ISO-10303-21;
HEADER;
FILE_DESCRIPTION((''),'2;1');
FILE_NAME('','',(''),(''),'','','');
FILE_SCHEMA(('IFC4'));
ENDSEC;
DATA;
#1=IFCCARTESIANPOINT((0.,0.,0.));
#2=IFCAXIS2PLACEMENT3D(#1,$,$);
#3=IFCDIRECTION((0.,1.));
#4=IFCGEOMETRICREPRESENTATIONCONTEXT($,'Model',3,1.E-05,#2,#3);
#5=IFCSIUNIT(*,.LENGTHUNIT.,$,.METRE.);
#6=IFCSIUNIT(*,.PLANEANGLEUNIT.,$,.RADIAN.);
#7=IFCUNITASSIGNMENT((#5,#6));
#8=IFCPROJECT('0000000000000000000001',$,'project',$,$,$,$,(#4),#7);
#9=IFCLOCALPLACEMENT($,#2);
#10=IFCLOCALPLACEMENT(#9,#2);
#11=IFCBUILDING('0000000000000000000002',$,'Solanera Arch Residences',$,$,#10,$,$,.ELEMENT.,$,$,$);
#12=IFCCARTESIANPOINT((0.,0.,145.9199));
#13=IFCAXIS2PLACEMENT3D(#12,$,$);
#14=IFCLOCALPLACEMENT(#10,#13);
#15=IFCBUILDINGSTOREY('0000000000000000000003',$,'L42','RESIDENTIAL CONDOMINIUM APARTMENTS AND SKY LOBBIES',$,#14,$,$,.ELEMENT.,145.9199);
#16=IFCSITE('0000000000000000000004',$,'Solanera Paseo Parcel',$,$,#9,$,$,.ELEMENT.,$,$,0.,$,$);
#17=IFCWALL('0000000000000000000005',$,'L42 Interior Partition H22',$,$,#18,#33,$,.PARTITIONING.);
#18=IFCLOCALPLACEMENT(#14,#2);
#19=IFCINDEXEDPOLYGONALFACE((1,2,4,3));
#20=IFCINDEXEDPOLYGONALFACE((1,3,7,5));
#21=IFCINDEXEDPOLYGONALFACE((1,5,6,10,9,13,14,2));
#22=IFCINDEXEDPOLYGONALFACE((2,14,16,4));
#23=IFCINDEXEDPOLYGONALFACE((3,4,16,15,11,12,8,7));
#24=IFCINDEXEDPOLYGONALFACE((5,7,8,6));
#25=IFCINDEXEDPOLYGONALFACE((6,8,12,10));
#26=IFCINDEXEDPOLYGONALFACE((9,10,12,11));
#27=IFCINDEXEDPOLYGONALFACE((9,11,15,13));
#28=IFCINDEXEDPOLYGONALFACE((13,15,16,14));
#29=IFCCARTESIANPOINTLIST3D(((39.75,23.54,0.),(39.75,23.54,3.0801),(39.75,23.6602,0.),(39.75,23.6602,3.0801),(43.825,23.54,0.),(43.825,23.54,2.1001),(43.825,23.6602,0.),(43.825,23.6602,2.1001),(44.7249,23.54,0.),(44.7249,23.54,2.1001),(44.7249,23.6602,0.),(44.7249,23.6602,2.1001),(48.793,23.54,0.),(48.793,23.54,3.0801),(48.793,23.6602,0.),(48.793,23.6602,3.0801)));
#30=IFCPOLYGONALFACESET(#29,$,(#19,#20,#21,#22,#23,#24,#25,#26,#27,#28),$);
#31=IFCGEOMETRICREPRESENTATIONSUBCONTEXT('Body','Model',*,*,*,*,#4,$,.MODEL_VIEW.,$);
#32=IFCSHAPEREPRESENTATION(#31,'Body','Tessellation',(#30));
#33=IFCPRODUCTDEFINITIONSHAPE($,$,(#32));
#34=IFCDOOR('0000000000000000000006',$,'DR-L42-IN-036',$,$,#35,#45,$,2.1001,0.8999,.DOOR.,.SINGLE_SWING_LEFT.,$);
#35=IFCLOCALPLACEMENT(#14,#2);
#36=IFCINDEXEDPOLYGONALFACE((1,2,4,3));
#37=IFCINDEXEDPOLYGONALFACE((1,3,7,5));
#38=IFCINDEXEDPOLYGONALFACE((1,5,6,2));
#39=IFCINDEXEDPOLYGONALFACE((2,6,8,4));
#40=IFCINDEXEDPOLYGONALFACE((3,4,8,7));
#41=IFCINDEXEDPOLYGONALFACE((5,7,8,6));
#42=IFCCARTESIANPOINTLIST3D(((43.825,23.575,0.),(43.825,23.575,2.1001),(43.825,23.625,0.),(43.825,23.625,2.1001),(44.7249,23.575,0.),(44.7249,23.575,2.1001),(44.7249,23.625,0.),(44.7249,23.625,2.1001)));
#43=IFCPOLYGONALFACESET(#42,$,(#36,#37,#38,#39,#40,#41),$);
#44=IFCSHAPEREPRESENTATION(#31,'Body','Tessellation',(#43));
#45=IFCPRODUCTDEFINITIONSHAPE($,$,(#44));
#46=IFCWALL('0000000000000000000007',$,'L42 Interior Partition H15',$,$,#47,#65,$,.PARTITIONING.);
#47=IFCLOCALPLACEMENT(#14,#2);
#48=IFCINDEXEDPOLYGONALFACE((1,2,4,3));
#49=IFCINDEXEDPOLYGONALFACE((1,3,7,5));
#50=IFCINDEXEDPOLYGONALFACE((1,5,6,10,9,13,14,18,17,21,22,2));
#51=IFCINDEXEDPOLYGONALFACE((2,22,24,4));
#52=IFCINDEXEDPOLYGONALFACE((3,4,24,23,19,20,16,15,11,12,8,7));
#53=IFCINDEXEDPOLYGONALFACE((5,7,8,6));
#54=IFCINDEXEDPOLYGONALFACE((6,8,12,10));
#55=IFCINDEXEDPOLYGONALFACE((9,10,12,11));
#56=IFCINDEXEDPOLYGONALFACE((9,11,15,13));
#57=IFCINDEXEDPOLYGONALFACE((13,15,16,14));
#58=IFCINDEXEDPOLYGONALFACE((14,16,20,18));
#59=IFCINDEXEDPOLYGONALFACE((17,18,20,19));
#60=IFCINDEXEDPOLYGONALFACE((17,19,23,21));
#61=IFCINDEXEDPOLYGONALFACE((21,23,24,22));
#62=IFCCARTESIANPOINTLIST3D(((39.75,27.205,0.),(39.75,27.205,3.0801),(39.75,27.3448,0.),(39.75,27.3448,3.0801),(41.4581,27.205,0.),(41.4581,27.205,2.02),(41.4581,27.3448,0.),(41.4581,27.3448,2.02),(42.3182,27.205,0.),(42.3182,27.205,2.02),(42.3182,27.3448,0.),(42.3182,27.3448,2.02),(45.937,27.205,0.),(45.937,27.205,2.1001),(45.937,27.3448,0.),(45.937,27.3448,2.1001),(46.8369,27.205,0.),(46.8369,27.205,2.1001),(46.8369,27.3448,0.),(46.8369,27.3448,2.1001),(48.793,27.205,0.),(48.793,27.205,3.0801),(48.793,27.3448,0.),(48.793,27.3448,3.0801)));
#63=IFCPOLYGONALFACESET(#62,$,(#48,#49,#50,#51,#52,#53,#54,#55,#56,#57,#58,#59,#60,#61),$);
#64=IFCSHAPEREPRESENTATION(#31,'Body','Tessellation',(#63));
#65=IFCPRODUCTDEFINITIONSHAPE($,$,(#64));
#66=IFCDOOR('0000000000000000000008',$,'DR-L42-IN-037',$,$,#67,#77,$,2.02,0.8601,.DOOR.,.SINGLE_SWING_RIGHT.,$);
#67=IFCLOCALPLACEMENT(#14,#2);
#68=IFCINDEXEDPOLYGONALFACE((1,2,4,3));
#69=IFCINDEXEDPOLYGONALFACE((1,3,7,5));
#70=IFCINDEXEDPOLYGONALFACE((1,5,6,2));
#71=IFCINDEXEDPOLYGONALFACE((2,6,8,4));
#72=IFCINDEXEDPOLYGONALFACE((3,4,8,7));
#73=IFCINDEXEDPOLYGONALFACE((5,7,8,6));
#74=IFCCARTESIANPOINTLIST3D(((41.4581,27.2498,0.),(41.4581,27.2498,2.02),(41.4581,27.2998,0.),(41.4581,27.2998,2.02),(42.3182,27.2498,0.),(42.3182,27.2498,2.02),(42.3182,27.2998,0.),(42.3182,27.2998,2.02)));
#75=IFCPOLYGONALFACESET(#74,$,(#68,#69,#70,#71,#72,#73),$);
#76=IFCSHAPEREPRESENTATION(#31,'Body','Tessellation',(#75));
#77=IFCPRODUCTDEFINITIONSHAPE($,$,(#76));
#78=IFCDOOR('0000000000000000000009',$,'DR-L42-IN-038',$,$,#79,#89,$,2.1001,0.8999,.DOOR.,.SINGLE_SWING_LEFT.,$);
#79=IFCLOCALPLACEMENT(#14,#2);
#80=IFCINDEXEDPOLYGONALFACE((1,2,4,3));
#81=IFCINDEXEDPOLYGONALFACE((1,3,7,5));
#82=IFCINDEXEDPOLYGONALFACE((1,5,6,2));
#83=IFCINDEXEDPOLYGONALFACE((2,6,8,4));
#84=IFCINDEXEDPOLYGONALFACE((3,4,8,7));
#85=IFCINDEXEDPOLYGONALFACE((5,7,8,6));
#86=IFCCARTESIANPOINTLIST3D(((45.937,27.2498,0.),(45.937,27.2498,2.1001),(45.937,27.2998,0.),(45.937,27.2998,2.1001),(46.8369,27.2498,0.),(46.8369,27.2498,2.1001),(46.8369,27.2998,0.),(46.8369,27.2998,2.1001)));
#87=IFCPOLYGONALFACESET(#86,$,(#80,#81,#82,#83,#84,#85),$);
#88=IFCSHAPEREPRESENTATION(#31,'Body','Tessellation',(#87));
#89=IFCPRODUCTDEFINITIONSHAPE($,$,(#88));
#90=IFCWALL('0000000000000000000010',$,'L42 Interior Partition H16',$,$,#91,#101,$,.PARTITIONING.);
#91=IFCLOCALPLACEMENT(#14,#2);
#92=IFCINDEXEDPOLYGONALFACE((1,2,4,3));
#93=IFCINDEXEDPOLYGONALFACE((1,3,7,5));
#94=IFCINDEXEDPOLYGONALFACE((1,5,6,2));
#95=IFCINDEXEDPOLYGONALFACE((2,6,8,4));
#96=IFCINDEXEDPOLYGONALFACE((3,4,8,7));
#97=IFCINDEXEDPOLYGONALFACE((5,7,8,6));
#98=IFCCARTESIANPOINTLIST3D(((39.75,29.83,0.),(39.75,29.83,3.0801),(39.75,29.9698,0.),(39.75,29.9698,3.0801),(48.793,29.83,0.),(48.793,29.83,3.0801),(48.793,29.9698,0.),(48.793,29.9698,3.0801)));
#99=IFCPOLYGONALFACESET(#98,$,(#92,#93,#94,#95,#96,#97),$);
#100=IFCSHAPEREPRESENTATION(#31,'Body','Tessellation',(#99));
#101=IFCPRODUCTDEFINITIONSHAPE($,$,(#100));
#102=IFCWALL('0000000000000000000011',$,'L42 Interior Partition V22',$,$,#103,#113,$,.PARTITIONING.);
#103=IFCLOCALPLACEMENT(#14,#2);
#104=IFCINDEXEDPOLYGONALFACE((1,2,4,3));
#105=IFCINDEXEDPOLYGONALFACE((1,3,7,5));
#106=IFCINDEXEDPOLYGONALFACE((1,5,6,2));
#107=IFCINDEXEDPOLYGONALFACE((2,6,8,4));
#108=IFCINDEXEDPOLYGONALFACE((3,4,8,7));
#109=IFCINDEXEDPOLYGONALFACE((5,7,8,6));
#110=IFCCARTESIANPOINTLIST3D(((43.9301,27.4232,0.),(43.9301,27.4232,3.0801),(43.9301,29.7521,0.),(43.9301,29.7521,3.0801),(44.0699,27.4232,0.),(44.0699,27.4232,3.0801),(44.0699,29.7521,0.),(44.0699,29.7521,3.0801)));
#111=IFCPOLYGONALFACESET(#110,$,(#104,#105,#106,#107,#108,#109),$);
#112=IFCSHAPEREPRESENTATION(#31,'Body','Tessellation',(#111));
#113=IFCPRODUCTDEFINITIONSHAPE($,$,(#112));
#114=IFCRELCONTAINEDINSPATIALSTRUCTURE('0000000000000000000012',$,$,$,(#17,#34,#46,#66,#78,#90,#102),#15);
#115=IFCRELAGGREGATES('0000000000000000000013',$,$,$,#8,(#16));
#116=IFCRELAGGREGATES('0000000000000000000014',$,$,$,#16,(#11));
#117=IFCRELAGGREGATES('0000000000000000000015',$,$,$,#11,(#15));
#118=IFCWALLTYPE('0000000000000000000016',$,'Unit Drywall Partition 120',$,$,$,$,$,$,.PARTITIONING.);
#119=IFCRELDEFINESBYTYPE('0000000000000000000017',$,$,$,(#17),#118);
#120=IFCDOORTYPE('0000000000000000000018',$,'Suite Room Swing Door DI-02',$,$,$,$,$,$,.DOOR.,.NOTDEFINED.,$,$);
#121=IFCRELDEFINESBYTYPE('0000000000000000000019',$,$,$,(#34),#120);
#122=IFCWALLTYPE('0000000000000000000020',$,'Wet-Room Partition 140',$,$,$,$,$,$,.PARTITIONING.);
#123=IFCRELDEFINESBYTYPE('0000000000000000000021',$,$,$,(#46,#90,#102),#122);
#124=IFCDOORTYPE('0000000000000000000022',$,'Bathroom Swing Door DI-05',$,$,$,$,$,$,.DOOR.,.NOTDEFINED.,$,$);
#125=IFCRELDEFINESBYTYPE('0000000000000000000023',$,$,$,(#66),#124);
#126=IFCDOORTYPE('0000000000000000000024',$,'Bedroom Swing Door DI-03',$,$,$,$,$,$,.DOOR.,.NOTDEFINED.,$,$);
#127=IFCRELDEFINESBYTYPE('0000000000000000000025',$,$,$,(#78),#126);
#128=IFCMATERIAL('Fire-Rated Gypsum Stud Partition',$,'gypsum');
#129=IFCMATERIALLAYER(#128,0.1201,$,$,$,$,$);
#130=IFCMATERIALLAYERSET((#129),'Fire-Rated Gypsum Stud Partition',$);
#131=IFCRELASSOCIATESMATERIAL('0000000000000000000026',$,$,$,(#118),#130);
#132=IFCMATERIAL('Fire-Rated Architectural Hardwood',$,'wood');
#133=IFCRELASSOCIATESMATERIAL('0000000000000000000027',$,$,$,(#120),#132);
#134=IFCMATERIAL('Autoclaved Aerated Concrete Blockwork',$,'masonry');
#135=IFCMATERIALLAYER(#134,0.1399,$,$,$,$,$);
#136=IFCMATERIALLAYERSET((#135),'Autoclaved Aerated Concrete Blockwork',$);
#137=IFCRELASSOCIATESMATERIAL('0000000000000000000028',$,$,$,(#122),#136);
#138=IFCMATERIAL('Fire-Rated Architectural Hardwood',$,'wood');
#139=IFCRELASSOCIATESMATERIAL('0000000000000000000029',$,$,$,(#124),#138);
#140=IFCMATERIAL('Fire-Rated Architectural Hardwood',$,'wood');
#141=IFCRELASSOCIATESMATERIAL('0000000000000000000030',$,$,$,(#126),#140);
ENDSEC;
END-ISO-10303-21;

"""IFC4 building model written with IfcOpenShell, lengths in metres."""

from ifc_helpers import new_model, si_unit, direction, frame, frame_2d, origin, place, context, subcontext, project, spatial, rectangle, extrude, material, layer, layer_set, type_object, element, fill, save


model = new_model("IFC4")

# Units and contexts
model_context = context("Model", 3, precision=1e-05, world=origin(), true_north=direction((0.0, 1.0)))
body_context = subcontext(model_context, "Body", "Model", "MODEL_VIEW")
ifc_project = project(units=[si_unit("LENGTHUNIT", "METRE"), si_unit("PLANEANGLEUNIT", "RADIAN")], contexts=[model_context])

# Site, building, storey
site_placement = place(None, origin())
site = spatial("IfcSite", under=ifc_project, at=site_placement, Name="Solanera Paseo Parcel", CompositionType="ELEMENT", RefElevation=0.0)
building_placement = place(site_placement, origin())
building = spatial("IfcBuilding", under=site, at=building_placement, Name="Solanera Arch Residences", CompositionType="ELEMENT")
storey_placement = place(building_placement, frame((0.0, 0.0, 145.9199)))
storey = spatial("IfcBuildingStorey", under=building, at=storey_placement, Name="L42", Description="RESIDENTIAL CONDOMINIUM APARTMENTS AND SKY LOBBIES", CompositionType="ELEMENT", Elevation=145.9199)

# Wall, opening, door
ifc_material_1 = material(Name="Fire-Rated Gypsum Stud Partition", Category="gypsum")
ifc_layer_1 = layer(ifc_material_1, 0.1201)
ifc_layer_set_1 = layer_set([ifc_layer_1], Name="Fire-Rated Gypsum Stud Partition")
wall_type_1 = type_object("IfcWallType", Name="Unit Drywall Partition 120", PredefinedType="PARTITIONING", material=ifc_layer_set_1)
wall_1_placement = place(storey_placement, frame((39.75, 23.6001, 0.0), z_axis=(0.0, 0.0, 1.0), x_axis=(1.0, 0.0, 0.0)))
wall_1 = element("IfcWall", 1, at=wall_1_placement, inside=storey, type_object=wall_type_1, Name="L42 Interior Partition H22", PredefinedType="PARTITIONING", context=body_context, shape_type="SweptSolid", body=[
    extrude(rectangle(XDim=9.043, YDim=0.1201, at=frame_2d((4.5215, 0.0))), origin(), (0.0, 0.0, 1.0), 3.0801),
])
opening_1_placement = place(wall_1_placement, frame((4.075, 0.0, 0.0)))
opening_1 = element("IfcOpeningElement", 2, at=opening_1_placement, cuts=wall_1, PredefinedType="OPENING", context=body_context, shape_type="SweptSolid", body=[
    extrude(rectangle(XDim=0.8999, YDim=2.1001, at=frame_2d((0.45, 1.05))), frame((0.0, 0.0701, 0.0), z_axis=(0.0, -1.0, 0.0), x_axis=(1.0, 0.0, 0.0)), (0.0, 0.0, 1.0), 0.1401),
])
ifc_material_2 = material(Name="Fire-Rated Architectural Hardwood", Category="wood")
door_type_1 = type_object("IfcDoorType", Name="Suite Room Swing Door DI-02", OperationType="NOTDEFINED", PredefinedType="DOOR", material=ifc_material_2)
door_1_placement = place(opening_1_placement, origin())
door_1 = element("IfcDoor", 3, at=door_1_placement, inside=storey, type_object=door_type_1, Name="DR-L42-IN-036", OperationType="SINGLE_SWING_LEFT", OverallHeight=2.1001, OverallWidth=0.8999, PredefinedType="DOOR", context=body_context, shape_type="SweptSolid", body=[
    extrude(rectangle(XDim=0.8999, YDim=2.1001, at=frame_2d((0.45, 1.05))), frame((0.0, 0.0249, 0.0), z_axis=(0.0, -1.0, 0.0), x_axis=(1.0, 0.0, 0.0)), (0.0, 0.0, 1.0), 0.05),
])
fill(opening_1, door_1)

# Wall, openings, doors
ifc_material_3 = material(Name="Autoclaved Aerated Concrete Blockwork", Category="masonry")
ifc_layer_2 = layer(ifc_material_3, 0.1399)
ifc_layer_set_2 = layer_set([ifc_layer_2], Name="Autoclaved Aerated Concrete Blockwork")
wall_type_2 = type_object("IfcWallType", Name="Wet-Room Partition 140", PredefinedType="PARTITIONING", material=ifc_layer_set_2)
wall_2_placement = place(storey_placement, frame((39.75, 27.2749, 0.0), z_axis=(0.0, 0.0, 1.0), x_axis=(1.0, 0.0, 0.0)))
wall_2 = element("IfcWall", 4, at=wall_2_placement, inside=storey, type_object=wall_type_2, Name="L42 Interior Partition H15", PredefinedType="PARTITIONING", context=body_context, shape_type="SweptSolid", body=[
    extrude(rectangle(XDim=9.043, YDim=0.1399, at=frame_2d((4.5215, 0.0))), origin(), (0.0, 0.0, 1.0), 3.0801),
])
opening_2_placement = place(wall_2_placement, frame((1.708, 0.0, 0.0)))
opening_2 = element("IfcOpeningElement", 5, at=opening_2_placement, cuts=wall_2, PredefinedType="OPENING", context=body_context, shape_type="SweptSolid", body=[
    extrude(rectangle(XDim=0.8601, YDim=2.02, at=frame_2d((0.4302, 1.01))), frame((0.0, 0.0798, 0.0), z_axis=(0.0, -1.0, 0.0), x_axis=(1.0, 0.0, 0.0)), (0.0, 0.0, 1.0), 0.1599),
])
opening_3_placement = place(wall_2_placement, frame((6.187, 0.0, 0.0)))
opening_3 = element("IfcOpeningElement", 6, at=opening_3_placement, cuts=wall_2, PredefinedType="OPENING", context=body_context, shape_type="SweptSolid", body=[
    extrude(rectangle(XDim=0.8999, YDim=2.1001, at=frame_2d((0.45, 1.05))), frame((0.0, 0.0798, 0.0), z_axis=(0.0, -1.0, 0.0), x_axis=(1.0, 0.0, 0.0)), (0.0, 0.0, 1.0), 0.1599),
])
ifc_material_4 = material(Name="Fire-Rated Architectural Hardwood", Category="wood")
door_type_2 = type_object("IfcDoorType", Name="Bathroom Swing Door DI-05", OperationType="NOTDEFINED", PredefinedType="DOOR", material=ifc_material_4)
door_2_placement = place(opening_2_placement, origin())
door_2 = element("IfcDoor", 7, at=door_2_placement, inside=storey, type_object=door_type_2, Name="DR-L42-IN-037", OperationType="SINGLE_SWING_RIGHT", OverallHeight=2.02, OverallWidth=0.8601, PredefinedType="DOOR", context=body_context, shape_type="SweptSolid", body=[
    extrude(rectangle(XDim=0.8601, YDim=2.02, at=frame_2d((0.4302, 1.01))), frame((0.0, 0.0249, 0.0), z_axis=(0.0, -1.0, 0.0), x_axis=(1.0, 0.0, 0.0)), (0.0, 0.0, 1.0), 0.05),
])
fill(opening_2, door_2)
ifc_material_5 = material(Name="Fire-Rated Architectural Hardwood", Category="wood")
door_type_3 = type_object("IfcDoorType", Name="Bedroom Swing Door DI-03", OperationType="NOTDEFINED", PredefinedType="DOOR", material=ifc_material_5)
door_3_placement = place(opening_3_placement, origin())
door_3 = element("IfcDoor", 8, at=door_3_placement, inside=storey, type_object=door_type_3, Name="DR-L42-IN-038", OperationType="SINGLE_SWING_LEFT", OverallHeight=2.1001, OverallWidth=0.8999, PredefinedType="DOOR", context=body_context, shape_type="SweptSolid", body=[
    extrude(rectangle(XDim=0.8999, YDim=2.1001, at=frame_2d((0.45, 1.05))), frame((0.0, 0.0249, 0.0), z_axis=(0.0, -1.0, 0.0), x_axis=(1.0, 0.0, 0.0)), (0.0, 0.0, 1.0), 0.05),
])
fill(opening_3, door_3)

# Walls
wall_3_placement = place(storey_placement, frame((39.75, 29.8999, 0.0), z_axis=(0.0, 0.0, 1.0), x_axis=(1.0, 0.0, 0.0)))
element("IfcWall", 9, at=wall_3_placement, inside=storey, type_object=wall_type_2, Name="L42 Interior Partition H16", PredefinedType="PARTITIONING", context=body_context, shape_type="SweptSolid", body=[
    extrude(rectangle(XDim=9.043, YDim=0.1399, at=frame_2d((4.5215, 0.0))), origin(), (0.0, 0.0, 1.0), 3.0801),
])
wall_4_placement = place(storey_placement, frame((44.0, 27.4231, 0.0), z_axis=(0.0, 0.0, 1.0), x_axis=(0.0, 1.0, 0.0)))
element("IfcWall", 10, at=wall_4_placement, inside=storey, type_object=wall_type_2, Name="L42 Interior Partition V22", PredefinedType="PARTITIONING", context=body_context, shape_type="SweptSolid", body=[
    extrude(rectangle(XDim=2.3289, YDim=0.1399, at=frame_2d((1.1646, 0.0))), origin(), (0.0, 0.0, 1.0), 3.0801),
])

save(model, "model.ifc")
